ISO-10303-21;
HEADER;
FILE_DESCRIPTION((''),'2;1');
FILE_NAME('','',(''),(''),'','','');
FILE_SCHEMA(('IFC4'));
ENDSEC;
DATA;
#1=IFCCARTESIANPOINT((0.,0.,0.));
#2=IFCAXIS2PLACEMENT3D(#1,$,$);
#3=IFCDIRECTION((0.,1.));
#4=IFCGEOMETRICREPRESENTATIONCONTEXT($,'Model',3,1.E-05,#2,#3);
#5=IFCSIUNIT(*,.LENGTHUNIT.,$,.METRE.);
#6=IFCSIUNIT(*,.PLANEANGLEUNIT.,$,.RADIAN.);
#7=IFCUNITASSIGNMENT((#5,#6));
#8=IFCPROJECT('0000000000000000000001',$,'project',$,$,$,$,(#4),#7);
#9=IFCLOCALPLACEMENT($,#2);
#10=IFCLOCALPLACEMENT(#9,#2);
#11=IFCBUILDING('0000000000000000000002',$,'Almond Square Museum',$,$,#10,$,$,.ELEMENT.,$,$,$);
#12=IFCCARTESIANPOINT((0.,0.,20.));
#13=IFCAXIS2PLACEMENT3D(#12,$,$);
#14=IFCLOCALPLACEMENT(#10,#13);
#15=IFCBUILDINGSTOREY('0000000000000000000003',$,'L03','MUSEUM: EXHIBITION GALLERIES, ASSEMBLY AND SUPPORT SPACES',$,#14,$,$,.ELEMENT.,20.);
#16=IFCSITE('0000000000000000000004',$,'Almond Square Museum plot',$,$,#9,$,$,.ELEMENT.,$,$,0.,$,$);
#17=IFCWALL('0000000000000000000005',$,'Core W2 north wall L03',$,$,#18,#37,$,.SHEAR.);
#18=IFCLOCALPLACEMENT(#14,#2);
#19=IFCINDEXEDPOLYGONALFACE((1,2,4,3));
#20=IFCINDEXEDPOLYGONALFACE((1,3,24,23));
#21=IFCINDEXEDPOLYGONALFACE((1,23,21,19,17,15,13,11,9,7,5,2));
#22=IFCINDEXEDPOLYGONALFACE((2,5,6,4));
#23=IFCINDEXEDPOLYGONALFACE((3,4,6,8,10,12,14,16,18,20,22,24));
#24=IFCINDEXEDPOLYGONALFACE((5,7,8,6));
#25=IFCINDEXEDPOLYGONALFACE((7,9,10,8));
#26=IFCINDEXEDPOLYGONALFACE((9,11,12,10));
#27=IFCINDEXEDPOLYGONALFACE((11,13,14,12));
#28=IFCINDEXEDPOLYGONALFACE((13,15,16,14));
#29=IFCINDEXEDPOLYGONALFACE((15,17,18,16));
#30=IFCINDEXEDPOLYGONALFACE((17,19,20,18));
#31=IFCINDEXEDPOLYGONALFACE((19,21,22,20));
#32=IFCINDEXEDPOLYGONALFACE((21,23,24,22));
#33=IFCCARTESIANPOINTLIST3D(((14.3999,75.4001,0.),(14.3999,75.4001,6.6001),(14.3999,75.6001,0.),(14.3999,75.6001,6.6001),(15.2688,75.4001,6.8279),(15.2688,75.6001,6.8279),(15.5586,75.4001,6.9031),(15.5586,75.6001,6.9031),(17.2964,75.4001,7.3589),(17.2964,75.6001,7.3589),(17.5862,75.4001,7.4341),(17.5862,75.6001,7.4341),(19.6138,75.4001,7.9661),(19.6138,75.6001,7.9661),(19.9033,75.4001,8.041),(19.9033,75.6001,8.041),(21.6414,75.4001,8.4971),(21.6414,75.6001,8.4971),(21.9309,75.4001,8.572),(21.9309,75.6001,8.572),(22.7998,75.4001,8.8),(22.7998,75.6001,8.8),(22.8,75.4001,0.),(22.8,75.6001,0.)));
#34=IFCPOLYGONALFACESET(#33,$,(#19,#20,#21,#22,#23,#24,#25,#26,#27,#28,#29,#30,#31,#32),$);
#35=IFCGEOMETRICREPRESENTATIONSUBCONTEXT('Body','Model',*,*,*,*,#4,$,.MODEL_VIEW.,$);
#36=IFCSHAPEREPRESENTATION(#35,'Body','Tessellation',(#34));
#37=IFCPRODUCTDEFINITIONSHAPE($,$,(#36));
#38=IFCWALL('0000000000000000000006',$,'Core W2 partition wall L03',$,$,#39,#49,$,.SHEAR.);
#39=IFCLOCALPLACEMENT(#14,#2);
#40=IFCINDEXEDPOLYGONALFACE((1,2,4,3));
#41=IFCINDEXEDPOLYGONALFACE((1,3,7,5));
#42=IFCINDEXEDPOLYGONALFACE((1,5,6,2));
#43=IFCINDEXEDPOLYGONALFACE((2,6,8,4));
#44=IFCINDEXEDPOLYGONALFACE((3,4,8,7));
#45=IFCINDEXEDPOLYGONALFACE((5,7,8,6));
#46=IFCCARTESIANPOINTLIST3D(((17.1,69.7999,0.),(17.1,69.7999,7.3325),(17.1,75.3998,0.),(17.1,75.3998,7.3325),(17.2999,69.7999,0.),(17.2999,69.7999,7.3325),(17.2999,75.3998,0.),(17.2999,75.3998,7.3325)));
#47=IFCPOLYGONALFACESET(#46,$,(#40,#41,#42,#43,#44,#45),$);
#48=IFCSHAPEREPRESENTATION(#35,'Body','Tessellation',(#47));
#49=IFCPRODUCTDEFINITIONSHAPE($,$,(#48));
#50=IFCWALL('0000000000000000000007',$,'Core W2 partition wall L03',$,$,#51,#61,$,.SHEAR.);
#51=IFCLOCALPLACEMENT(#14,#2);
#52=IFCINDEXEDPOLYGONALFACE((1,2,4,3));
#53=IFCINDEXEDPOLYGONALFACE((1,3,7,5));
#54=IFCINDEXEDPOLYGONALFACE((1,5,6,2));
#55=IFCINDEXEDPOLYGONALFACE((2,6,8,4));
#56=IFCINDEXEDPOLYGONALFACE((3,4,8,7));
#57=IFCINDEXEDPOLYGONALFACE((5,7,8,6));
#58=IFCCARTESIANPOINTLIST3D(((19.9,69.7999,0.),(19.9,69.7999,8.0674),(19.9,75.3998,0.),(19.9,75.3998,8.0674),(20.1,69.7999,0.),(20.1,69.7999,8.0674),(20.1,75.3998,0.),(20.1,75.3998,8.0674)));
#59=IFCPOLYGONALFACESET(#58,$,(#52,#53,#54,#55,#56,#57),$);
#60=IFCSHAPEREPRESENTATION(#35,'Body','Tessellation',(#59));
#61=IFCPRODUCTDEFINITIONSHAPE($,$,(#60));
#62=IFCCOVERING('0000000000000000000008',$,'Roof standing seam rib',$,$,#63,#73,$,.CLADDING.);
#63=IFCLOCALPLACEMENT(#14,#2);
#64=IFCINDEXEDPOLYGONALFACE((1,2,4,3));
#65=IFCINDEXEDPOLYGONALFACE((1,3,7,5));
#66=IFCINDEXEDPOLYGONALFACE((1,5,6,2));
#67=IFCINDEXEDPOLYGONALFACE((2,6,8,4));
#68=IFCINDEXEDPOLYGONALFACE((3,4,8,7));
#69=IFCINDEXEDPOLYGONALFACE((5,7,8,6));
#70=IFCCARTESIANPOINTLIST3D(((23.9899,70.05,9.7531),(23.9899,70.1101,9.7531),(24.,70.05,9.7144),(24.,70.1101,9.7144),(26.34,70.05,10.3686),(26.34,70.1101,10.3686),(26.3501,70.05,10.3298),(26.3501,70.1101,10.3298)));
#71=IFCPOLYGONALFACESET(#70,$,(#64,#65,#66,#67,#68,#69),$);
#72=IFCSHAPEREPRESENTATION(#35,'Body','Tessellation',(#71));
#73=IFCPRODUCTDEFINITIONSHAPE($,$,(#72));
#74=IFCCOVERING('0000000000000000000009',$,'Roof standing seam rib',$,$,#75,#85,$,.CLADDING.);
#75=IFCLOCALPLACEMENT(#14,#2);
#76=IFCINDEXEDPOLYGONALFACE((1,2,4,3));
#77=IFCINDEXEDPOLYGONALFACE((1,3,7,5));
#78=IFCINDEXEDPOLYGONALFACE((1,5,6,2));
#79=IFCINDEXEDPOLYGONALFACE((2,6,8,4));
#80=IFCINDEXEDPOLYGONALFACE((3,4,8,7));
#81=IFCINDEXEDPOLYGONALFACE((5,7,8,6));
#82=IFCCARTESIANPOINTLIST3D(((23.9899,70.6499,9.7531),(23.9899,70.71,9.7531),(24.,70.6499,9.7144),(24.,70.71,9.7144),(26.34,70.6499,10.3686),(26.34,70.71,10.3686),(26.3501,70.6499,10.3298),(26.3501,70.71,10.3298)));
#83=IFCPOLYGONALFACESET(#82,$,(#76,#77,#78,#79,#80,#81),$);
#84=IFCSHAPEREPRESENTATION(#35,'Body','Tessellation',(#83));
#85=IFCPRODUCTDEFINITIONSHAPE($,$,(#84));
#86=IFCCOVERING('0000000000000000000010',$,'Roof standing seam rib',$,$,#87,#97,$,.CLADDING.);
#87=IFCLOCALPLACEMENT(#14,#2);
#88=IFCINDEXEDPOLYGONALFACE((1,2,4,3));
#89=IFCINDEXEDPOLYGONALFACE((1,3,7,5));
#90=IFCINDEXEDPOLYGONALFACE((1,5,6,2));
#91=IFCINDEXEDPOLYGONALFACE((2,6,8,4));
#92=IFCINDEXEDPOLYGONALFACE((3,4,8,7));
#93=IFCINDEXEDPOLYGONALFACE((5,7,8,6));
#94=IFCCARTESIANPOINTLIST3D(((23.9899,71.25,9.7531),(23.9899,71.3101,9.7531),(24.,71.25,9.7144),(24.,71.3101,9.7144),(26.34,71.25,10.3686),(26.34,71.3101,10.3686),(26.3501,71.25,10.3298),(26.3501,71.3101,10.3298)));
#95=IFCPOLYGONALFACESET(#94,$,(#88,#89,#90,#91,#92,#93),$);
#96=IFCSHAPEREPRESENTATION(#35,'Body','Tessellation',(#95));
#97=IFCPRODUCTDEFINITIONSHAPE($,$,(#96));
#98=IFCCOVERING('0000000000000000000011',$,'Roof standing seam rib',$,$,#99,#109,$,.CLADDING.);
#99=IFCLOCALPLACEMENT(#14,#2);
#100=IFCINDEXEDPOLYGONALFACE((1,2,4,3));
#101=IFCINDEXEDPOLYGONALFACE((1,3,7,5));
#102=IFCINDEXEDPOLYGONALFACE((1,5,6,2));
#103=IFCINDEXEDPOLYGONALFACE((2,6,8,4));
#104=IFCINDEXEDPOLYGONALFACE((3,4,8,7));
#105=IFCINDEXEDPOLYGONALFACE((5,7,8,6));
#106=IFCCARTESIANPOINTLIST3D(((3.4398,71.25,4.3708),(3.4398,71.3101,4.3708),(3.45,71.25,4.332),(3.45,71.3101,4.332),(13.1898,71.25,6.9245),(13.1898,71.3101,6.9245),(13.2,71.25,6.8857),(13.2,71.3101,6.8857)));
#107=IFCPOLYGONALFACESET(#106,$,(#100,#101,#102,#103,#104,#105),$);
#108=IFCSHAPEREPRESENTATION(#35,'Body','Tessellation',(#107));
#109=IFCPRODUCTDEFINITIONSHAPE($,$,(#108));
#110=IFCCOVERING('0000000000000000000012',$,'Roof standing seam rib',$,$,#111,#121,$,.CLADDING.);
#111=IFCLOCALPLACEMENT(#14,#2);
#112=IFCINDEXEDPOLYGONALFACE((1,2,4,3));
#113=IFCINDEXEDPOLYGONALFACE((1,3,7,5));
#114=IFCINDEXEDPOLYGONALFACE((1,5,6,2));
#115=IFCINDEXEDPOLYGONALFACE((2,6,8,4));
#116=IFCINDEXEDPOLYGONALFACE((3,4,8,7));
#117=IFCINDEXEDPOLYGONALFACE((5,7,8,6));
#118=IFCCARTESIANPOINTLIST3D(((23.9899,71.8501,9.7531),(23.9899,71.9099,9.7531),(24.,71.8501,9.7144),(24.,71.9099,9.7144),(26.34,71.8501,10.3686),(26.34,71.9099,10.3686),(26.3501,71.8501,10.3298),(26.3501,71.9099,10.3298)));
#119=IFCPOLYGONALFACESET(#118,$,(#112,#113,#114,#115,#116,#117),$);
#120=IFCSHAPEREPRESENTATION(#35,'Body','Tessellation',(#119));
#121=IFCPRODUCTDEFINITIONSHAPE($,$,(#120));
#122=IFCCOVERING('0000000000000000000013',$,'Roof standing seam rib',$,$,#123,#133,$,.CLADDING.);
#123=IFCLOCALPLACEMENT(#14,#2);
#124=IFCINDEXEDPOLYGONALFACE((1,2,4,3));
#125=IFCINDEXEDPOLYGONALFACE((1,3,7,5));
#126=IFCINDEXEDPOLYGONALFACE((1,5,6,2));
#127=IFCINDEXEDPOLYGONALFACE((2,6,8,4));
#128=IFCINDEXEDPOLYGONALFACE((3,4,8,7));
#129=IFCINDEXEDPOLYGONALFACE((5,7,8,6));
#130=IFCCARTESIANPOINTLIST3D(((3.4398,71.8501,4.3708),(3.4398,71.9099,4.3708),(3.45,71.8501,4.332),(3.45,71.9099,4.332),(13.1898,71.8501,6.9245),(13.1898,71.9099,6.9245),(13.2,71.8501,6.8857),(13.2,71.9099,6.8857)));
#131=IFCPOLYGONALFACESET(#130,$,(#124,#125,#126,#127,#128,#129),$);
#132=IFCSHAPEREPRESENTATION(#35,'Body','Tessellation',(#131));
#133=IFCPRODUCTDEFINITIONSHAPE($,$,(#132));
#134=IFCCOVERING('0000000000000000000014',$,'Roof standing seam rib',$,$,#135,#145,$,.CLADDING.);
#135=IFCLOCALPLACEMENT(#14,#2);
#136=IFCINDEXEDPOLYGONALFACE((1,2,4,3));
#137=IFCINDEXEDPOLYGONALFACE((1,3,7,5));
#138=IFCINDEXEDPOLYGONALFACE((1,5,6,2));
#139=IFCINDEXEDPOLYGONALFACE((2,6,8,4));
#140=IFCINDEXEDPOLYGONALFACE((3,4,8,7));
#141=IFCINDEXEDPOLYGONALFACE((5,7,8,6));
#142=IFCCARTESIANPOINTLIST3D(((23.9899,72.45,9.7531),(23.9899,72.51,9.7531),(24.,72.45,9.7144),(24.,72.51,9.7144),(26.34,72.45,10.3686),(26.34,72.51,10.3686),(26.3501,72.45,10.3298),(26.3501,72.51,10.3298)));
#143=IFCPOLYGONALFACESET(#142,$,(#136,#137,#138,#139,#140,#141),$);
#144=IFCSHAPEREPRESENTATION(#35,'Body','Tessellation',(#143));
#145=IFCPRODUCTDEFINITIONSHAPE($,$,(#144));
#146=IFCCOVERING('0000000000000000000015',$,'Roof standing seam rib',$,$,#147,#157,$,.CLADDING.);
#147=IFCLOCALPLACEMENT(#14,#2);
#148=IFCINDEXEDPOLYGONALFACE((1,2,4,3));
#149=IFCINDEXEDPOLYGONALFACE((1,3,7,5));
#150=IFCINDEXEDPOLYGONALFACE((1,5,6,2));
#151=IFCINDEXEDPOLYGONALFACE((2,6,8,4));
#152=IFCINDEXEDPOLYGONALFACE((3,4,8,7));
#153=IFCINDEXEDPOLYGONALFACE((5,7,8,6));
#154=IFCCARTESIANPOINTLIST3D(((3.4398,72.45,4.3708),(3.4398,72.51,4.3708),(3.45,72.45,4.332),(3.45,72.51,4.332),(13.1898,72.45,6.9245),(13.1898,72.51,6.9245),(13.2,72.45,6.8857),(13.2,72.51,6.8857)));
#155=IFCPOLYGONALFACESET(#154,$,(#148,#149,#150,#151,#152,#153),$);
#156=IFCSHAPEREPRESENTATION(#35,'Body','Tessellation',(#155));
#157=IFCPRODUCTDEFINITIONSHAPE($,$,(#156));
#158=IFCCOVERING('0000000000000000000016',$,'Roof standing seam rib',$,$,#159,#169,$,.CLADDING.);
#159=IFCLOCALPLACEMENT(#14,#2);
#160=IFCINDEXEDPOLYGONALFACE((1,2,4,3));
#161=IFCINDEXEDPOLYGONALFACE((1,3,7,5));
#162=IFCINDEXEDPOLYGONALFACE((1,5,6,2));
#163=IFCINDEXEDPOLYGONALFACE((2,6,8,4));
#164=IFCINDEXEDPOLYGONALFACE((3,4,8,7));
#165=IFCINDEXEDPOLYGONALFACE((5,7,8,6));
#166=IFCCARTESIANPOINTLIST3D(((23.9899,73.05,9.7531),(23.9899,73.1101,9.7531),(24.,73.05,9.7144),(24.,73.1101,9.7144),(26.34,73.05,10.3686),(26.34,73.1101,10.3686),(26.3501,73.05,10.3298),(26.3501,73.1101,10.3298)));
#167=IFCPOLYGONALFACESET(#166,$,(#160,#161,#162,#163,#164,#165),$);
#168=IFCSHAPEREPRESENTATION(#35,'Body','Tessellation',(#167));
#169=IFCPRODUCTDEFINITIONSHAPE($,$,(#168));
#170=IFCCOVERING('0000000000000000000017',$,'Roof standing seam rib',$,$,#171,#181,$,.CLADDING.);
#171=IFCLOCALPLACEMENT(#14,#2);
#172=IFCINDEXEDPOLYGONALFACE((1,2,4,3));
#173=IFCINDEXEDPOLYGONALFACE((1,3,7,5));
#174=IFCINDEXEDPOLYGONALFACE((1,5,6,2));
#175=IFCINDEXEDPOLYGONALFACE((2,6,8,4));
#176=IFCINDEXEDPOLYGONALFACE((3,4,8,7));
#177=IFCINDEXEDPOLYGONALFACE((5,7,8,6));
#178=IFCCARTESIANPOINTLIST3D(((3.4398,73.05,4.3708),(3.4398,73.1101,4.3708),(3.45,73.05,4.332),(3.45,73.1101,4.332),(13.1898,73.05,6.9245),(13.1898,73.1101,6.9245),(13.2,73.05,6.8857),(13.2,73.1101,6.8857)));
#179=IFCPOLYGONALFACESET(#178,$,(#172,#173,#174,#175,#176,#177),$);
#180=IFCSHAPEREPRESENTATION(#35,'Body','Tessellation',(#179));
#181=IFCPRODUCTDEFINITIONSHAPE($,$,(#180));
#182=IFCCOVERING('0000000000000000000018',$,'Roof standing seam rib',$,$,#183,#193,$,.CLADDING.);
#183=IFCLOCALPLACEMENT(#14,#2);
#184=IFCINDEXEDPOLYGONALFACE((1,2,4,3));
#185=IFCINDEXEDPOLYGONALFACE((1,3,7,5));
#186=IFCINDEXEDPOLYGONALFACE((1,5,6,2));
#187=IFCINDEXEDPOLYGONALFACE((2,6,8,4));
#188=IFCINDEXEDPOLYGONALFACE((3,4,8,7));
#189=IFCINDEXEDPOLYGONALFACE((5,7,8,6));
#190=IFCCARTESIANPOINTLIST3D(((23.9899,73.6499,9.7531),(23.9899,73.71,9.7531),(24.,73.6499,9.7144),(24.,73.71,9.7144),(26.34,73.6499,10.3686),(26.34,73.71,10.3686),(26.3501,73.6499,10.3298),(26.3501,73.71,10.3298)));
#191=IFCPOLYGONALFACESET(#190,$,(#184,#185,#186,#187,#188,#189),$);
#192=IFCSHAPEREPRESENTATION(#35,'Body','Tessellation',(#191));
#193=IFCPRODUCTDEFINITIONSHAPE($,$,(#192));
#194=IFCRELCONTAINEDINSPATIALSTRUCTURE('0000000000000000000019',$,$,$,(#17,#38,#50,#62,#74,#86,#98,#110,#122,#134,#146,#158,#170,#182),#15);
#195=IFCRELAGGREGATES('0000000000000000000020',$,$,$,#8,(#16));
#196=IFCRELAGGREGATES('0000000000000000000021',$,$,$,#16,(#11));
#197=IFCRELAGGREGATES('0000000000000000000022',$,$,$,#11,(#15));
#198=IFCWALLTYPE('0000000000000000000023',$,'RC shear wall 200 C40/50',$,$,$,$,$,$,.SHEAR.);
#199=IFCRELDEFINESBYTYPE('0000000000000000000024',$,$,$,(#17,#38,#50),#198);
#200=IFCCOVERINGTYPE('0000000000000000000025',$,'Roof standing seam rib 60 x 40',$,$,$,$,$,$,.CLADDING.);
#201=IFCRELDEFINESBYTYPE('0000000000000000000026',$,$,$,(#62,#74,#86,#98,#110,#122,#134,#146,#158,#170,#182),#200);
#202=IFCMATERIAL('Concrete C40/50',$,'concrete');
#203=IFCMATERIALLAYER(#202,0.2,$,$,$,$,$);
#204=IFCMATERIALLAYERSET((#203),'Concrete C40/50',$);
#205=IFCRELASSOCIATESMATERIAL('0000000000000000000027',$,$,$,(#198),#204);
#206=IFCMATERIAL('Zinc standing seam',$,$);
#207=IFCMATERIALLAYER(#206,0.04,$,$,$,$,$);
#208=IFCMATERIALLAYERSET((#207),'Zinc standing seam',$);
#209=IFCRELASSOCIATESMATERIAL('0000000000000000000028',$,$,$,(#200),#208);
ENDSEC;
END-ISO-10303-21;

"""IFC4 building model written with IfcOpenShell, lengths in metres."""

from ifc_helpers import new_model, si_unit, direction, frame, frame_2d, origin, place, context, subcontext, project, spatial, polyline, rectangle, outline, extrude, material, layer, layer_set, type_object, element, save


model = new_model("IFC4")

# Units and contexts
model_context = context("Model", 3, precision=1e-05, world=origin(), true_north=direction((0.0, 1.0)))
body_context = subcontext(model_context, "Body", "Model", "MODEL_VIEW")
ifc_project = project(units=[si_unit("LENGTHUNIT", "METRE"), si_unit("PLANEANGLEUNIT", "RADIAN")], contexts=[model_context])

# Site, building, storey
site_placement = place(None, origin())
site = spatial("IfcSite", under=ifc_project, at=site_placement, Name="Almond Square Museum plot", CompositionType="ELEMENT", RefElevation=0.0)
building_placement = place(site_placement, origin())
building = spatial("IfcBuilding", under=site, at=building_placement, Name="Almond Square Museum", CompositionType="ELEMENT")
storey_placement = place(building_placement, frame((0.0, 0.0, 20.0)))
storey = spatial("IfcBuildingStorey", under=building, at=storey_placement, Name="L03", Description="MUSEUM: EXHIBITION GALLERIES, ASSEMBLY AND SUPPORT SPACES", CompositionType="ELEMENT", Elevation=20.0)

# Walls
ifc_material_1 = material(Name="Concrete C40/50", Category="concrete")
ifc_layer_1 = layer(ifc_material_1, 0.2)
ifc_layer_set_1 = layer_set([ifc_layer_1], Name="Concrete C40/50")
wall_type = type_object("IfcWallType", Name="RC shear wall 200 C40/50", PredefinedType="SHEAR", material=ifc_layer_set_1)
wall_1_placement = place(storey_placement, frame((14.3999, 75.5, 0.0), z_axis=(0.0, 0.0, 1.0), x_axis=(1.0, 0.0, 0.0)))
element("IfcWall", 1, at=wall_1_placement, inside=storey, type_object=wall_type, Name="Core W2 north wall L03", PredefinedType="SHEAR", context=body_context, shape_type="SweptSolid", body=[
    extrude(outline(polyline([(0.0, 0.0), (8.4001, 0.0), (8.3999, 8.8), (7.531, 8.572), (7.2415, 8.4971), (5.5034, 8.041), (5.2139, 7.9661), (3.1863, 7.4341), (2.8965, 7.3589), (1.1587, 6.9031), (0.8689, 6.8279), (0.0, 6.6001), (0.0, 0.0)])), frame((0.0, 0.1001, 0.0), z_axis=(0.0, -1.0, 0.0), x_axis=(1.0, 0.0, 0.0)), (0.0, 0.0, 1.0), 0.2),
])
wall_2_placement = place(storey_placement, frame((17.2, 69.8, 0.0), z_axis=(0.0, 0.0, 1.0), x_axis=(0.0, 1.0, 0.0)))
element("IfcWall", 2, at=wall_2_placement, inside=storey, type_object=wall_type, Name="Core W2 partition wall L03", PredefinedType="SHEAR", context=body_context, shape_type="SweptSolid", body=[
    extrude(rectangle(XDim=5.5999, YDim=0.2, at=frame_2d((2.7998, 0.0))), origin(), (0.0, 0.0, 1.0), 7.3325),
])
wall_3_placement = place(storey_placement, frame((20.0, 69.8, 0.0), z_axis=(0.0, 0.0, 1.0), x_axis=(0.0, 1.0, 0.0)))
element("IfcWall", 3, at=wall_3_placement, inside=storey, type_object=wall_type, Name="Core W2 partition wall L03", PredefinedType="SHEAR", context=body_context, shape_type="SweptSolid", body=[
    extrude(rectangle(XDim=5.5999, YDim=0.2, at=frame_2d((2.7998, 0.0))), origin(), (0.0, 0.0, 1.0), 8.0674),
])

# Coverings
ifc_material_2 = material(Name="Zinc standing seam")
ifc_layer_2 = layer(ifc_material_2, 0.04)
ifc_layer_set_2 = layer_set([ifc_layer_2], Name="Zinc standing seam")
covering_type = type_object("IfcCoveringType", Name="Roof standing seam rib 60 x 40", PredefinedType="CLADDING", material=ifc_layer_set_2)
for number, where, z_axis, x_axis, name in (
    (4, (26.3501, 70.1101, 10.3298), (-0.25335, 0.0, 0.967375), (-0.967375, 0.0, -0.25335), "Roof standing seam rib"),
    (5, (26.3501, 70.71, 10.3298), (-0.25335, 0.0, 0.967375), (-0.967375, 0.0, -0.25335), "Roof standing seam rib"),
    (6, (26.3501, 71.3101, 10.3298), (-0.25335, 0.0, 0.967375), (-0.967375, 0.0, -0.25335), "Roof standing seam rib"),
):
    element("IfcCovering", number, at=place(storey_placement, frame(where, z_axis=z_axis, x_axis=x_axis)), inside=storey, type_object=covering_type, Name=name, PredefinedType="CLADDING", context=body_context, shape_type="SweptSolid", body=[
        extrude(outline(polyline([(0.0, 0.0), (2.4294, 0.0), (2.4294, 0.0601), (0.0, 0.0601), (0.0, 0.0)])), origin(), (0.0, 0.0, 1.0), 0.04),
    ])
covering_1_placement = place(storey_placement, frame((13.2, 71.25, 6.8857), z_axis=(-0.253372, 0.0, 0.967369), x_axis=(0.0, 1.0, 0.0)))
element("IfcCovering", 7, at=covering_1_placement, inside=storey, type_object=covering_type, Name="Roof standing seam rib", PredefinedType="CLADDING", context=body_context, shape_type="SweptSolid", body=[
    extrude(outline(polyline([(0.0, 0.0), (0.0601, 0.0), (0.0601, 10.0789), (0.0, 10.0789), (0.0, 0.0)])), origin(), (0.0, 0.0, 1.0), 0.04),
])
covering_2_placement = place(storey_placement, frame((26.3501, 71.9099, 10.3298), z_axis=(-0.25335, 0.0, 0.967375), x_axis=(-0.967375, 0.0, -0.25335)))
element("IfcCovering", 8, at=covering_2_placement, inside=storey, type_object=covering_type, Name="Roof standing seam rib", PredefinedType="CLADDING", context=body_context, shape_type="SweptSolid", body=[
    extrude(outline(polyline([(0.0, 0.0), (2.4294, 0.0), (2.4294, 0.0598), (0.0, 0.0598), (0.0, 0.0)])), origin(), (0.0, 0.0, 1.0), 0.04),
])
covering_3_placement = place(storey_placement, frame((13.2, 71.8501, 6.8857), z_axis=(-0.253372, 0.0, 0.967369), x_axis=(0.0, 1.0, 0.0)))
element("IfcCovering", 9, at=covering_3_placement, inside=storey, type_object=covering_type, Name="Roof standing seam rib", PredefinedType="CLADDING", context=body_context, shape_type="SweptSolid", body=[
    extrude(outline(polyline([(0.0, 0.0), (0.0598, 0.0), (0.0598, 10.0789), (0.0, 10.0789), (0.0, 0.0)])), origin(), (0.0, 0.0, 1.0), 0.04),
])
covering_4_placement = place(storey_placement, frame((26.3501, 72.51, 10.3298), z_axis=(-0.25335, 0.0, 0.967375), x_axis=(-0.967375, 0.0, -0.25335)))
element("IfcCovering", 10, at=covering_4_placement, inside=storey, type_object=covering_type, Name="Roof standing seam rib", PredefinedType="CLADDING", context=body_context, shape_type="SweptSolid", body=[
    extrude(outline(polyline([(0.0, 0.0), (2.4294, 0.0), (2.4294, 0.0601), (0.0, 0.0601), (0.0, 0.0)])), origin(), (0.0, 0.0, 1.0), 0.04),
])
covering_5_placement = place(storey_placement, frame((13.2, 72.45, 6.8857), z_axis=(-0.253372, 0.0, 0.967369), x_axis=(0.0, 1.0, 0.0)))
element("IfcCovering", 11, at=covering_5_placement, inside=storey, type_object=covering_type, Name="Roof standing seam rib", PredefinedType="CLADDING", context=body_context, shape_type="SweptSolid", body=[
    extrude(outline(polyline([(0.0, 0.0), (0.0601, 0.0), (0.0601, 10.0789), (0.0, 10.0789), (0.0, 0.0)])), origin(), (0.0, 0.0, 1.0), 0.04),
])
covering_6_placement = place(storey_placement, frame((26.3501, 73.1101, 10.3298), z_axis=(-0.25335, 0.0, 0.967375), x_axis=(-0.967375, 0.0, -0.25335)))
element("IfcCovering", 12, at=covering_6_placement, inside=storey, type_object=covering_type, Name="Roof standing seam rib", PredefinedType="CLADDING", context=body_context, shape_type="SweptSolid", body=[
    extrude(outline(polyline([(0.0, 0.0), (2.4294, 0.0), (2.4294, 0.0601), (0.0, 0.0601), (0.0, 0.0)])), origin(), (0.0, 0.0, 1.0), 0.04),
])
covering_7_placement = place(storey_placement, frame((13.2, 73.05, 6.8857), z_axis=(-0.253372, 0.0, 0.967369), x_axis=(0.0, 1.0, 0.0)))
element("IfcCovering", 13, at=covering_7_placement, inside=storey, type_object=covering_type, Name="Roof standing seam rib", PredefinedType="CLADDING", context=body_context, shape_type="SweptSolid", body=[
    extrude(outline(polyline([(0.0, 0.0), (0.0601, 0.0), (0.0601, 10.0789), (0.0, 10.0789), (0.0, 0.0)])), origin(), (0.0, 0.0, 1.0), 0.04),
])
covering_8_placement = place(storey_placement, frame((26.3501, 73.71, 10.3298), z_axis=(-0.25335, 0.0, 0.967375), x_axis=(-0.967375, 0.0, -0.25335)))
element("IfcCovering", 14, at=covering_8_placement, inside=storey, type_object=covering_type, Name="Roof standing seam rib", PredefinedType="CLADDING", context=body_context, shape_type="SweptSolid", body=[
    extrude(outline(polyline([(0.0, 0.0), (2.4294, 0.0), (2.4294, 0.0601), (0.0, 0.0601), (0.0, 0.0)])), origin(), (0.0, 0.0, 1.0), 0.04),
])

save(model, "model.ifc")
